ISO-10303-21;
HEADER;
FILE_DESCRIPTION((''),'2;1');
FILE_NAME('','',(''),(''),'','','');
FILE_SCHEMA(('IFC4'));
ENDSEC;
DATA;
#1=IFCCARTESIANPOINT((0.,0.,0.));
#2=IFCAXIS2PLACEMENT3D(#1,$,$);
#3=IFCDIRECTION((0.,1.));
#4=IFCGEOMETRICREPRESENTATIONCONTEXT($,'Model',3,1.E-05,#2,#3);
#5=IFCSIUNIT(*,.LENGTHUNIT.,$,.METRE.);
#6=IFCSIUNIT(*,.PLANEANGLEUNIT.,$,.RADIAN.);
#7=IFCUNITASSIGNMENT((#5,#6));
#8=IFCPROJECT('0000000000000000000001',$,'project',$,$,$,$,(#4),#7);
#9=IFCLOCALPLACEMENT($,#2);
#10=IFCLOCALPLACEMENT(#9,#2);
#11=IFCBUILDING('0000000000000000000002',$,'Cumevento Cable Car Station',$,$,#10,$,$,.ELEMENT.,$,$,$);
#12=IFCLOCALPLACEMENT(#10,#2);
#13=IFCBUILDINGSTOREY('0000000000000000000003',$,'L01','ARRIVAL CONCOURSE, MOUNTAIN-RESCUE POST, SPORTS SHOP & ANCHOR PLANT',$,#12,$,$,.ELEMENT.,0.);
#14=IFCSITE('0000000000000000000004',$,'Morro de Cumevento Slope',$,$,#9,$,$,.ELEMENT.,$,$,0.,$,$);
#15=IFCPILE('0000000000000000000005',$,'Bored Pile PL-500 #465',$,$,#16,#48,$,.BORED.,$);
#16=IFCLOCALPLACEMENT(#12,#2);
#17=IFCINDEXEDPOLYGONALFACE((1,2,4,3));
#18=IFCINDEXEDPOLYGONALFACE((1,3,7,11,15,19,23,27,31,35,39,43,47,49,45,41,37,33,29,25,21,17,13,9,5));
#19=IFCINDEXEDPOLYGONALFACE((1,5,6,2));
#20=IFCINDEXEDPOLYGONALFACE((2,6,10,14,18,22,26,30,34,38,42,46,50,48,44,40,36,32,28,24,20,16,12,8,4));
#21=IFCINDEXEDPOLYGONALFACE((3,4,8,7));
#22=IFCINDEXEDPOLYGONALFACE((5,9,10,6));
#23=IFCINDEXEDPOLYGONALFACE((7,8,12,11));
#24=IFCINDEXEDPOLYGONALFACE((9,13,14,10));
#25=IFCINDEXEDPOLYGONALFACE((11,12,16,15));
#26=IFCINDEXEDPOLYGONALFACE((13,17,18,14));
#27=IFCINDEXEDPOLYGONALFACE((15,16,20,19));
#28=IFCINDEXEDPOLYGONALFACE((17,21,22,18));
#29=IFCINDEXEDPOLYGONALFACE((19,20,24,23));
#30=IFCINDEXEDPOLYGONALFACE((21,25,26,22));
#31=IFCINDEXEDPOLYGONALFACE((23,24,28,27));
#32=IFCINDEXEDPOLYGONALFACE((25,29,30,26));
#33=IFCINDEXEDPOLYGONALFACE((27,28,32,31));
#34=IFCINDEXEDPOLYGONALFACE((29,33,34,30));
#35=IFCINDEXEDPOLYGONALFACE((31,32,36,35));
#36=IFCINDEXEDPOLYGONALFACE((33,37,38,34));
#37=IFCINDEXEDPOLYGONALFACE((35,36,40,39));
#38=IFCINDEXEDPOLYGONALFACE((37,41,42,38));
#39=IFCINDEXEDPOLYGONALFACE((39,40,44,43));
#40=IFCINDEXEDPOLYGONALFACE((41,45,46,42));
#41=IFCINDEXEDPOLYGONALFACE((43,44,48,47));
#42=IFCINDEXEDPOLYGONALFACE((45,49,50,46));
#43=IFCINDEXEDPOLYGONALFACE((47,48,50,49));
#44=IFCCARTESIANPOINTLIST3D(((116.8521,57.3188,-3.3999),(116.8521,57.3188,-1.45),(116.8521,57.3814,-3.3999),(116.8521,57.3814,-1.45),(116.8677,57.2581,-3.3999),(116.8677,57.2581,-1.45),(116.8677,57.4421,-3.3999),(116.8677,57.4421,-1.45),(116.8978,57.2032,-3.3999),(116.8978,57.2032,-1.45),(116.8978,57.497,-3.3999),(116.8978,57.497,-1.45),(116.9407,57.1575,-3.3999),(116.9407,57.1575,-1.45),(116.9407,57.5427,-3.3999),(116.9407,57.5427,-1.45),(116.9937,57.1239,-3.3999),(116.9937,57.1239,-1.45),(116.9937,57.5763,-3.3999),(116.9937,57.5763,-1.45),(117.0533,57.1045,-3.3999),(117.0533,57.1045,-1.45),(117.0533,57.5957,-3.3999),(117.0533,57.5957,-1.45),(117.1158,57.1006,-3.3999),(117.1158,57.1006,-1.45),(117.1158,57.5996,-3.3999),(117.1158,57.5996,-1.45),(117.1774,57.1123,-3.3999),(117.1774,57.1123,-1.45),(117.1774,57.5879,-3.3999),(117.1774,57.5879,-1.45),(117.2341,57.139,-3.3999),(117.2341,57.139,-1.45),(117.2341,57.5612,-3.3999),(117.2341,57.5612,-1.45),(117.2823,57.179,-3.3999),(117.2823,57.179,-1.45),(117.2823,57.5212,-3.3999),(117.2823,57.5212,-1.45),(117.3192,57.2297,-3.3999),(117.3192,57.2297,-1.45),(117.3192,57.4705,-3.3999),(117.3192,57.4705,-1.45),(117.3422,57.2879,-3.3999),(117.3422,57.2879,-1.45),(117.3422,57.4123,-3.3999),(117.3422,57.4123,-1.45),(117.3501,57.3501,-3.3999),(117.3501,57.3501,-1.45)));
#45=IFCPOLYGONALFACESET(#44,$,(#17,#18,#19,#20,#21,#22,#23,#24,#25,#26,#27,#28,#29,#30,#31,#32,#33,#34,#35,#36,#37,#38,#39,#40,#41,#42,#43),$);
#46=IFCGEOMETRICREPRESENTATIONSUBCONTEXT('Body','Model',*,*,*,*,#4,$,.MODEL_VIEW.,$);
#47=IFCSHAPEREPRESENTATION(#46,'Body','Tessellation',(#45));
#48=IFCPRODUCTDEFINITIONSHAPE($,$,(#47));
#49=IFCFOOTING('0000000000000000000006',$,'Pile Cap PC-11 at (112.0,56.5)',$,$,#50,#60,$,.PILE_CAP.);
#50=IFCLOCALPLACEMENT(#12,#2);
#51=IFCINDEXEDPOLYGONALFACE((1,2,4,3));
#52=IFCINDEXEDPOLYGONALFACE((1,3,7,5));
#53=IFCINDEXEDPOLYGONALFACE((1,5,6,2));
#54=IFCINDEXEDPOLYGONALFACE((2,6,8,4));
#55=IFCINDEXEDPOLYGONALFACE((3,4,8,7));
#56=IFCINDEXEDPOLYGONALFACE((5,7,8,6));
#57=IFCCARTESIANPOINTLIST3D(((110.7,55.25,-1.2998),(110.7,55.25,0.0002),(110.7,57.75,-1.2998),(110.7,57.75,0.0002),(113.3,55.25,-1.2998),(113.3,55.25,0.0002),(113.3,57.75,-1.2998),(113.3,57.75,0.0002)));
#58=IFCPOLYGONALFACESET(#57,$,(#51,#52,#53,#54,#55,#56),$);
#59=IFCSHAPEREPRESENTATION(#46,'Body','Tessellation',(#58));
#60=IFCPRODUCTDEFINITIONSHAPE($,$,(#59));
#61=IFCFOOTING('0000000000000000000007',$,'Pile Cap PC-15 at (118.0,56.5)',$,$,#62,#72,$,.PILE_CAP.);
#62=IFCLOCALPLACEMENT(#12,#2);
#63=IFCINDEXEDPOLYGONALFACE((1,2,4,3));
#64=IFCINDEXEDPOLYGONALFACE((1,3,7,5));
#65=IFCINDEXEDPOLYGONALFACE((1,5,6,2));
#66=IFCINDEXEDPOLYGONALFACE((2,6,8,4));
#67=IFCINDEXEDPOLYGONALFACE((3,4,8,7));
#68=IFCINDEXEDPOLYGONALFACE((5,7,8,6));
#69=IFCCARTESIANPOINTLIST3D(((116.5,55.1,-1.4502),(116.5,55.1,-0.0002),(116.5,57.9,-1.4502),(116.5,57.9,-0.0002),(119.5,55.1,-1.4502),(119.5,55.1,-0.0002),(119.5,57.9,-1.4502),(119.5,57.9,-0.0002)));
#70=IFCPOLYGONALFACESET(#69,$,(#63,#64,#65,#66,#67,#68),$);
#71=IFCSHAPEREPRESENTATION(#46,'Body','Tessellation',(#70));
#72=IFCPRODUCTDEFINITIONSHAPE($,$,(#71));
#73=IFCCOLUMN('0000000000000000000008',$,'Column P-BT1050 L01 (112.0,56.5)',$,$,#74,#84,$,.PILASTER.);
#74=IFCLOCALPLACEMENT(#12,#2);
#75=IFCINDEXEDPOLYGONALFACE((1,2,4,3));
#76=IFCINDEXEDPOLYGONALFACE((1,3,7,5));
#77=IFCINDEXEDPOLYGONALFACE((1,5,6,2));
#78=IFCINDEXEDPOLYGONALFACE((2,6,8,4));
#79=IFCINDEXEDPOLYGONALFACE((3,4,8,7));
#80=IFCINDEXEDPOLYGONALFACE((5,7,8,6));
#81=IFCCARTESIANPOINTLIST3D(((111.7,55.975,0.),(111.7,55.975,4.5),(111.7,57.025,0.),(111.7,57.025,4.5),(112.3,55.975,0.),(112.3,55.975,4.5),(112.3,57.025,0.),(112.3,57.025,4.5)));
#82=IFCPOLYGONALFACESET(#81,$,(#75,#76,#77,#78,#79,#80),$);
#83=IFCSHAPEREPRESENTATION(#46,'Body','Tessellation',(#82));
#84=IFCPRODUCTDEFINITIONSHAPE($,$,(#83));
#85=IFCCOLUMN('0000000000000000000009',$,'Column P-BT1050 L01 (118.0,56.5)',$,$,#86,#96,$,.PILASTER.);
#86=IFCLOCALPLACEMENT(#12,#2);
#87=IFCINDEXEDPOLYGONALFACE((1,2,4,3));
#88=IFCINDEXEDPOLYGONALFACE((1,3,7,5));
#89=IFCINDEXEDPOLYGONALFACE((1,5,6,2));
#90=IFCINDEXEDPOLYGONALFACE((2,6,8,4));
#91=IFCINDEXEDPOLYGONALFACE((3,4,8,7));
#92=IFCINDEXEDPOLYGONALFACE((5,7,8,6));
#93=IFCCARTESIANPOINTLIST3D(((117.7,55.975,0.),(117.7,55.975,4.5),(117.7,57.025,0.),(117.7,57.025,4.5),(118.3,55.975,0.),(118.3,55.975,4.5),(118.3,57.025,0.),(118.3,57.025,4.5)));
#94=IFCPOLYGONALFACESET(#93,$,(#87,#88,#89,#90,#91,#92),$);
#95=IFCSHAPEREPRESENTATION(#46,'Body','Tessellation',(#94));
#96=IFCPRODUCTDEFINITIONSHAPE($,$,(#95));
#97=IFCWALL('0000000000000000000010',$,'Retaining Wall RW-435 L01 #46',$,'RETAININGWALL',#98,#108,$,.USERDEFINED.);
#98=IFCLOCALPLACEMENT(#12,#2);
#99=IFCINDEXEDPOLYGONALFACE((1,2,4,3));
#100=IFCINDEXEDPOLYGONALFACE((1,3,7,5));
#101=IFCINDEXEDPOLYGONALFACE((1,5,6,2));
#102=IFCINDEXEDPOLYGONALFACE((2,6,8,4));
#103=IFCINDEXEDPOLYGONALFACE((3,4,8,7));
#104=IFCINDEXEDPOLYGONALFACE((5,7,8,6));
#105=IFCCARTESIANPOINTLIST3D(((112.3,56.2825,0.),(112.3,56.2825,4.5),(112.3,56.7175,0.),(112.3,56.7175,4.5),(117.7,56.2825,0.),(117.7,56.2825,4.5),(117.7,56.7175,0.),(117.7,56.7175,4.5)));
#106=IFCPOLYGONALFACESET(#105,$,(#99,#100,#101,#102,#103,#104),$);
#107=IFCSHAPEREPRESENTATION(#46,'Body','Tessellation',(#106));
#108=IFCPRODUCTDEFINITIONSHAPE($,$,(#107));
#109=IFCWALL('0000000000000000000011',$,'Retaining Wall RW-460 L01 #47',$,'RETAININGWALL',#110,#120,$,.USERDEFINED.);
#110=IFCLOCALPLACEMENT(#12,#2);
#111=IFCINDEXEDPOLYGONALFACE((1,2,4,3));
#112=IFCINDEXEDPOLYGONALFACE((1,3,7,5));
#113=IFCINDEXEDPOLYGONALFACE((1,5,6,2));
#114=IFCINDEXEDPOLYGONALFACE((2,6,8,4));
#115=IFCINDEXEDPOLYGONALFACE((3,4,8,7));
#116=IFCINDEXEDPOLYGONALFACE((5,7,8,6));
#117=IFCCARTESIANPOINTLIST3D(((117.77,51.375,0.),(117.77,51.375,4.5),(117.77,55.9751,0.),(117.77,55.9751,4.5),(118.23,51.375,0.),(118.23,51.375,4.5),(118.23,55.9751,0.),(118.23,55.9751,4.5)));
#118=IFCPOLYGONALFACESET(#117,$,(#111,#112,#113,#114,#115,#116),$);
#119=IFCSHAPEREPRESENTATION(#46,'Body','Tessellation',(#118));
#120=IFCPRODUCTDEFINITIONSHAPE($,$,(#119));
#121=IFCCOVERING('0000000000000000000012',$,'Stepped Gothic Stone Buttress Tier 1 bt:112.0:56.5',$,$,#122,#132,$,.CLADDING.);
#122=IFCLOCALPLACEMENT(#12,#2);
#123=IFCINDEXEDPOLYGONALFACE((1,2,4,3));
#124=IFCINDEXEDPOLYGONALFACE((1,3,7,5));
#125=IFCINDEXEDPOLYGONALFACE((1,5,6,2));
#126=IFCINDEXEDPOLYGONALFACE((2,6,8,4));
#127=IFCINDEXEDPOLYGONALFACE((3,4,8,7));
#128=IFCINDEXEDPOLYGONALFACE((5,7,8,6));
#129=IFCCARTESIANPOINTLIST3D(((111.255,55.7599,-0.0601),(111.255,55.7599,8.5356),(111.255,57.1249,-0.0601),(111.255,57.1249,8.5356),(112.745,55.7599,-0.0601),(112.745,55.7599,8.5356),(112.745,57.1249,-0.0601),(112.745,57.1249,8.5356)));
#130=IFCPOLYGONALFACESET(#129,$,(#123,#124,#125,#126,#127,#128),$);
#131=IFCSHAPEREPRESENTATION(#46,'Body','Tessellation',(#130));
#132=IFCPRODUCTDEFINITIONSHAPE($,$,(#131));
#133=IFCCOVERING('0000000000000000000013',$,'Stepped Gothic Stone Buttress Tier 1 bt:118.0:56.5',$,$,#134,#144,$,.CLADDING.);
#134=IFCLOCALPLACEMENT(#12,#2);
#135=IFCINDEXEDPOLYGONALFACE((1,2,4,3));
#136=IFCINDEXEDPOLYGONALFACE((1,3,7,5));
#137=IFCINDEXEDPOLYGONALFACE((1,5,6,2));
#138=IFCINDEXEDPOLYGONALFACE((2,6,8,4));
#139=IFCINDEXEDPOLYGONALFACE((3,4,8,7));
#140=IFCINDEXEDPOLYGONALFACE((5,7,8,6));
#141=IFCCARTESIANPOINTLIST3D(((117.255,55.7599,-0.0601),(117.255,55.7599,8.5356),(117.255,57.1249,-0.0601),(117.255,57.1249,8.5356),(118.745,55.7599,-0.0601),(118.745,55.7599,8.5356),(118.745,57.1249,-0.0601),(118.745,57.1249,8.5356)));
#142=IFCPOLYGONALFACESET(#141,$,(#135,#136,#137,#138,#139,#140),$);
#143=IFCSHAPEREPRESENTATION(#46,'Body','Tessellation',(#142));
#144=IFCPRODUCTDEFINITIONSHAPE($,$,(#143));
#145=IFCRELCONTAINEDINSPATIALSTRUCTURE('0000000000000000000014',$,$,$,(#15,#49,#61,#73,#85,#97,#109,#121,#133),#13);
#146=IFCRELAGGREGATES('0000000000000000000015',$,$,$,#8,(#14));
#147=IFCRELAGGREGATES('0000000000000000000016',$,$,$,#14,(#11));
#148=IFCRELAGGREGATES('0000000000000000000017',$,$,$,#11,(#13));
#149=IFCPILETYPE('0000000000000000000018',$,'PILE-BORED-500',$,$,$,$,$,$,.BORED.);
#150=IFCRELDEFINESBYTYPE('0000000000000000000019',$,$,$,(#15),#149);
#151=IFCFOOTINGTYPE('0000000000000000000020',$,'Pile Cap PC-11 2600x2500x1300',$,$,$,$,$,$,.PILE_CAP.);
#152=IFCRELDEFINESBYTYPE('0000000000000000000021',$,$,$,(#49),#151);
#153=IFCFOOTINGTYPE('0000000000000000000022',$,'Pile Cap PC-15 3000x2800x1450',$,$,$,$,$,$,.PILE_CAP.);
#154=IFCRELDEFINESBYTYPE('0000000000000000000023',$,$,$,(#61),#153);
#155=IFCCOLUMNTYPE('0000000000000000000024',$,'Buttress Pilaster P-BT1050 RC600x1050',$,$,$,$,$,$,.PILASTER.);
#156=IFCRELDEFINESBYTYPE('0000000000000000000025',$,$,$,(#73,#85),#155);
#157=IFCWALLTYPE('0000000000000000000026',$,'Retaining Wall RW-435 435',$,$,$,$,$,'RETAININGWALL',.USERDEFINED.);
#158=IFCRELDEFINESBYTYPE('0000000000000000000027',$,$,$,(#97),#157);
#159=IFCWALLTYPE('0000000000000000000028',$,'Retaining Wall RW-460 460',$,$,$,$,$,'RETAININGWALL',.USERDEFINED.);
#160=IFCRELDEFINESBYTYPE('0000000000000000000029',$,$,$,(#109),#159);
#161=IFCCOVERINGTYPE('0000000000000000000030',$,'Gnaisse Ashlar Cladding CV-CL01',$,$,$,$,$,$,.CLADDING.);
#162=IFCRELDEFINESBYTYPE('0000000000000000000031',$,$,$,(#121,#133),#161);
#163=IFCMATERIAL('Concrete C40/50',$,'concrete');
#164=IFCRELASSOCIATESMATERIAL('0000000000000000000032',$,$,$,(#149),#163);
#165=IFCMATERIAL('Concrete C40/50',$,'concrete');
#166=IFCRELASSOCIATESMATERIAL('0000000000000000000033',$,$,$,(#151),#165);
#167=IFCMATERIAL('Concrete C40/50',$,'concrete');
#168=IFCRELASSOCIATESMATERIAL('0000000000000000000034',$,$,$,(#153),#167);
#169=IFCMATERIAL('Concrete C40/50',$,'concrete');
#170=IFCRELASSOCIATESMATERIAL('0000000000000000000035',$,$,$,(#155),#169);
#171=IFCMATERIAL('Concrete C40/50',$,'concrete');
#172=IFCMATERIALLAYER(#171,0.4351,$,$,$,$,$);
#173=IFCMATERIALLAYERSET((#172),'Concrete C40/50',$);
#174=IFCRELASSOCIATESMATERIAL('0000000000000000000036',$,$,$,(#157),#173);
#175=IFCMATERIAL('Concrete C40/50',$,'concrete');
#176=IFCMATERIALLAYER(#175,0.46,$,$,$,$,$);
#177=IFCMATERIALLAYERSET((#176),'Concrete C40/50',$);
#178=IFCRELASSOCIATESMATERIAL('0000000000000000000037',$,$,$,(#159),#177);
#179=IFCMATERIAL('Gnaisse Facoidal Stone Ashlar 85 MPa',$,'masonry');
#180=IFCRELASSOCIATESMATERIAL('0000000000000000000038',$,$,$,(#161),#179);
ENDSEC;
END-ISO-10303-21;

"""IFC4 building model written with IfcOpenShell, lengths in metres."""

from ifc_helpers import new_model, si_unit, direction, frame, frame_2d, origin, origin_2d, place, context, subcontext, project, spatial, rectangle, circle, extrude, material, layer, layer_set, material_profile, profile_set, type_object, element, save


model = new_model("IFC4")

# Units and contexts
model_context = context("Model", 3, precision=1e-05, world=origin(), true_north=direction((0.0, 1.0)))
body_context = subcontext(model_context, "Body", "Model", "MODEL_VIEW")
ifc_project = project(units=[si_unit("LENGTHUNIT", "METRE"), si_unit("PLANEANGLEUNIT", "RADIAN")], contexts=[model_context])

# Site, building, storey
site_placement = place(None, origin())
site = spatial("IfcSite", under=ifc_project, at=site_placement, Name="Morro de Cumevento Slope", CompositionType="ELEMENT", RefElevation=0.0)
building_placement = place(site_placement, origin())
building = spatial("IfcBuilding", under=site, at=building_placement, Name="Cumevento Cable Car Station", CompositionType="ELEMENT")
storey_placement = place(building_placement, origin())
storey = spatial("IfcBuildingStorey", under=building, at=storey_placement, Name="L01", Description="ARRIVAL CONCOURSE, MOUNTAIN-RESCUE POST, SPORTS SHOP & ANCHOR PLANT", CompositionType="ELEMENT", Elevation=0.0)

# Pile
ifc_material_1 = material(Name="Concrete C40/50", Category="concrete")
ifc_material_profile_1 = material_profile(ifc_material_1, circle(Radius=0.25, at=origin_2d()), Name="PILE-D500")
ifc_profile_set_1 = profile_set([ifc_material_profile_1], Name="Concrete C40/50")
pile_type_1 = type_object("IfcPileType", Name="PILE-BORED-500", PredefinedType="BORED", material=ifc_profile_set_1)
for number, where, z_axis, x_axis, name in (
    (1, (117.1001, 57.3501, -1.45), (0.0, 0.0, -1.0), (1.0, 0.0, 0.0), "Bored Pile PL-500 #465"),
):
    element("IfcPile", number, at=place(storey_placement, frame(where, z_axis=z_axis, x_axis=x_axis)), inside=storey, type_object=pile_type_1, Name=name, PredefinedType="BORED", context=body_context, shape_type="SweptSolid", body=[
        extrude(circle(Radius=0.25, at=origin_2d()), origin(), (0.0, 0.0, 1.0), 1.95),
    ])

# Footings
ifc_material_2 = material(Name="Concrete C40/50", Category="concrete")
footing_type_1 = type_object("IfcFootingType", Name="Pile Cap PC-11 2600x2500x1300", PredefinedType="PILE_CAP", material=ifc_material_2)
footing_1_placement = place(storey_placement, frame((112.0, 56.5, -1.2998), z_axis=(0.0, 0.0, 1.0), x_axis=(1.0, 0.0, 0.0)))
element("IfcFooting", 2, at=footing_1_placement, inside=storey, type_object=footing_type_1, Name="Pile Cap PC-11 at (112.0,56.5)", PredefinedType="PILE_CAP", context=body_context, shape_type="SweptSolid", body=[
    extrude(rectangle(XDim=2.6001, YDim=2.5, at=origin_2d()), origin(), (0.0, 0.0, 1.0), 1.3),
])
ifc_material_3 = material(Name="Concrete C40/50", Category="concrete")
footing_type_2 = type_object("IfcFootingType", Name="Pile Cap PC-15 3000x2800x1450", PredefinedType="PILE_CAP", material=ifc_material_3)
footing_2_placement = place(storey_placement, frame((118.0, 56.5, -1.4502), z_axis=(0.0, 0.0, 1.0), x_axis=(1.0, 0.0, 0.0)))
element("IfcFooting", 3, at=footing_2_placement, inside=storey, type_object=footing_type_2, Name="Pile Cap PC-15 at (118.0,56.5)", PredefinedType="PILE_CAP", context=body_context, shape_type="SweptSolid", body=[
    extrude(rectangle(XDim=3.0, YDim=2.8, at=origin_2d()), origin(), (0.0, 0.0, 1.0), 1.45),
])

# Columns
ifc_material_4 = material(Name="Concrete C40/50", Category="concrete")
ifc_material_profile_2 = material_profile(ifc_material_4, rectangle(XDim=0.6001, YDim=1.05, at=origin_2d()), Name="RC600x1050")
ifc_profile_set_2 = profile_set([ifc_material_profile_2], Name="Concrete C40/50")
column_type = type_object("IfcColumnType", Name="Buttress Pilaster P-BT1050 RC600x1050", PredefinedType="PILASTER", material=ifc_profile_set_2)
for number, where, z_axis, x_axis, name in (
    (4, (112.0, 56.5, 0.0), (0.0, 0.0, 1.0), (1.0, 0.0, 0.0), "Column P-BT1050 L01 (112.0,56.5)"),
    (5, (118.0, 56.5, 0.0), (0.0, 0.0, 1.0), (1.0, 0.0, 0.0), "Column P-BT1050 L01 (118.0,56.5)"),
):
    element("IfcColumn", number, at=place(storey_placement, frame(where, z_axis=z_axis, x_axis=x_axis)), inside=storey, type_object=column_type, Name=name, PredefinedType="PILASTER", context=body_context, shape_type="SweptSolid", body=[
        extrude(rectangle(XDim=0.6001, YDim=1.05, at=origin_2d()), origin(), (0.0, 0.0, 1.0), 4.5),
    ])

# Walls
ifc_material_5 = material(Name="Concrete C40/50", Category="concrete")
ifc_layer_1 = layer(ifc_material_5, 0.4351)
ifc_layer_set_1 = layer_set([ifc_layer_1], Name="Concrete C40/50")
wall_type_1 = type_object("IfcWallType", Name="Retaining Wall RW-435 435", ElementType="RETAININGWALL", PredefinedType="USERDEFINED", material=ifc_layer_set_1)
wall_1_placement = place(storey_placement, frame((112.3, 56.5, 0.0), z_axis=(0.0, 0.0, 1.0), x_axis=(1.0, 0.0, 0.0)))
element("IfcWall", 6, at=wall_1_placement, inside=storey, type_object=wall_type_1, Name="Retaining Wall RW-435 L01 #46", ObjectType="RETAININGWALL", PredefinedType="USERDEFINED", context=body_context, shape_type="SweptSolid", body=[
    extrude(rectangle(XDim=5.3999, YDim=0.4351, at=frame_2d((2.7, 0.0))), origin(), (0.0, 0.0, 1.0), 4.5),
])
ifc_material_6 = material(Name="Concrete C40/50", Category="concrete")
ifc_layer_2 = layer(ifc_material_6, 0.46)
ifc_layer_set_2 = layer_set([ifc_layer_2], Name="Concrete C40/50")
wall_type_2 = type_object("IfcWallType", Name="Retaining Wall RW-460 460", ElementType="RETAININGWALL", PredefinedType="USERDEFINED", material=ifc_layer_set_2)
wall_2_placement = place(storey_placement, frame((118.0, 51.375, 0.0), z_axis=(0.0, 0.0, 1.0), x_axis=(0.0, 1.0, 0.0)))
element("IfcWall", 7, at=wall_2_placement, inside=storey, type_object=wall_type_2, Name="Retaining Wall RW-460 L01 #47", ObjectType="RETAININGWALL", PredefinedType="USERDEFINED", context=body_context, shape_type="SweptSolid", body=[
    extrude(rectangle(XDim=4.6001, YDim=0.46, at=frame_2d((2.3, 0.0))), origin(), (0.0, 0.0, 1.0), 4.5),
])

# Coverings
ifc_material_7 = material(Name="Gnaisse Facoidal Stone Ashlar 85 MPa", Category="masonry")
covering_type = type_object("IfcCoveringType", Name="Gnaisse Ashlar Cladding CV-CL01", PredefinedType="CLADDING", material=ifc_material_7)
for number, where, z_axis, x_axis, name in (
    (8, (112.0, 56.4424, -0.0601), (0.0, 0.0, 1.0), (1.0, 0.0, 0.0), "Stepped Gothic Stone Buttress Tier 1 bt:112.0:56.5"),
    (9, (118.0, 56.4424, -0.0601), (0.0, 0.0, 1.0), (1.0, 0.0, 0.0), "Stepped Gothic Stone Buttress Tier 1 bt:118.0:56.5"),
):
    element("IfcCovering", number, at=place(storey_placement, frame(where, z_axis=z_axis, x_axis=x_axis)), inside=storey, type_object=covering_type, Name=name, PredefinedType="CLADDING", context=body_context, shape_type="SweptSolid", body=[
        extrude(rectangle(XDim=1.49, YDim=1.365, at=origin_2d()), origin(), (0.0, 0.0, 1.0), 8.5957),
    ])

save(model, "model.ifc")
